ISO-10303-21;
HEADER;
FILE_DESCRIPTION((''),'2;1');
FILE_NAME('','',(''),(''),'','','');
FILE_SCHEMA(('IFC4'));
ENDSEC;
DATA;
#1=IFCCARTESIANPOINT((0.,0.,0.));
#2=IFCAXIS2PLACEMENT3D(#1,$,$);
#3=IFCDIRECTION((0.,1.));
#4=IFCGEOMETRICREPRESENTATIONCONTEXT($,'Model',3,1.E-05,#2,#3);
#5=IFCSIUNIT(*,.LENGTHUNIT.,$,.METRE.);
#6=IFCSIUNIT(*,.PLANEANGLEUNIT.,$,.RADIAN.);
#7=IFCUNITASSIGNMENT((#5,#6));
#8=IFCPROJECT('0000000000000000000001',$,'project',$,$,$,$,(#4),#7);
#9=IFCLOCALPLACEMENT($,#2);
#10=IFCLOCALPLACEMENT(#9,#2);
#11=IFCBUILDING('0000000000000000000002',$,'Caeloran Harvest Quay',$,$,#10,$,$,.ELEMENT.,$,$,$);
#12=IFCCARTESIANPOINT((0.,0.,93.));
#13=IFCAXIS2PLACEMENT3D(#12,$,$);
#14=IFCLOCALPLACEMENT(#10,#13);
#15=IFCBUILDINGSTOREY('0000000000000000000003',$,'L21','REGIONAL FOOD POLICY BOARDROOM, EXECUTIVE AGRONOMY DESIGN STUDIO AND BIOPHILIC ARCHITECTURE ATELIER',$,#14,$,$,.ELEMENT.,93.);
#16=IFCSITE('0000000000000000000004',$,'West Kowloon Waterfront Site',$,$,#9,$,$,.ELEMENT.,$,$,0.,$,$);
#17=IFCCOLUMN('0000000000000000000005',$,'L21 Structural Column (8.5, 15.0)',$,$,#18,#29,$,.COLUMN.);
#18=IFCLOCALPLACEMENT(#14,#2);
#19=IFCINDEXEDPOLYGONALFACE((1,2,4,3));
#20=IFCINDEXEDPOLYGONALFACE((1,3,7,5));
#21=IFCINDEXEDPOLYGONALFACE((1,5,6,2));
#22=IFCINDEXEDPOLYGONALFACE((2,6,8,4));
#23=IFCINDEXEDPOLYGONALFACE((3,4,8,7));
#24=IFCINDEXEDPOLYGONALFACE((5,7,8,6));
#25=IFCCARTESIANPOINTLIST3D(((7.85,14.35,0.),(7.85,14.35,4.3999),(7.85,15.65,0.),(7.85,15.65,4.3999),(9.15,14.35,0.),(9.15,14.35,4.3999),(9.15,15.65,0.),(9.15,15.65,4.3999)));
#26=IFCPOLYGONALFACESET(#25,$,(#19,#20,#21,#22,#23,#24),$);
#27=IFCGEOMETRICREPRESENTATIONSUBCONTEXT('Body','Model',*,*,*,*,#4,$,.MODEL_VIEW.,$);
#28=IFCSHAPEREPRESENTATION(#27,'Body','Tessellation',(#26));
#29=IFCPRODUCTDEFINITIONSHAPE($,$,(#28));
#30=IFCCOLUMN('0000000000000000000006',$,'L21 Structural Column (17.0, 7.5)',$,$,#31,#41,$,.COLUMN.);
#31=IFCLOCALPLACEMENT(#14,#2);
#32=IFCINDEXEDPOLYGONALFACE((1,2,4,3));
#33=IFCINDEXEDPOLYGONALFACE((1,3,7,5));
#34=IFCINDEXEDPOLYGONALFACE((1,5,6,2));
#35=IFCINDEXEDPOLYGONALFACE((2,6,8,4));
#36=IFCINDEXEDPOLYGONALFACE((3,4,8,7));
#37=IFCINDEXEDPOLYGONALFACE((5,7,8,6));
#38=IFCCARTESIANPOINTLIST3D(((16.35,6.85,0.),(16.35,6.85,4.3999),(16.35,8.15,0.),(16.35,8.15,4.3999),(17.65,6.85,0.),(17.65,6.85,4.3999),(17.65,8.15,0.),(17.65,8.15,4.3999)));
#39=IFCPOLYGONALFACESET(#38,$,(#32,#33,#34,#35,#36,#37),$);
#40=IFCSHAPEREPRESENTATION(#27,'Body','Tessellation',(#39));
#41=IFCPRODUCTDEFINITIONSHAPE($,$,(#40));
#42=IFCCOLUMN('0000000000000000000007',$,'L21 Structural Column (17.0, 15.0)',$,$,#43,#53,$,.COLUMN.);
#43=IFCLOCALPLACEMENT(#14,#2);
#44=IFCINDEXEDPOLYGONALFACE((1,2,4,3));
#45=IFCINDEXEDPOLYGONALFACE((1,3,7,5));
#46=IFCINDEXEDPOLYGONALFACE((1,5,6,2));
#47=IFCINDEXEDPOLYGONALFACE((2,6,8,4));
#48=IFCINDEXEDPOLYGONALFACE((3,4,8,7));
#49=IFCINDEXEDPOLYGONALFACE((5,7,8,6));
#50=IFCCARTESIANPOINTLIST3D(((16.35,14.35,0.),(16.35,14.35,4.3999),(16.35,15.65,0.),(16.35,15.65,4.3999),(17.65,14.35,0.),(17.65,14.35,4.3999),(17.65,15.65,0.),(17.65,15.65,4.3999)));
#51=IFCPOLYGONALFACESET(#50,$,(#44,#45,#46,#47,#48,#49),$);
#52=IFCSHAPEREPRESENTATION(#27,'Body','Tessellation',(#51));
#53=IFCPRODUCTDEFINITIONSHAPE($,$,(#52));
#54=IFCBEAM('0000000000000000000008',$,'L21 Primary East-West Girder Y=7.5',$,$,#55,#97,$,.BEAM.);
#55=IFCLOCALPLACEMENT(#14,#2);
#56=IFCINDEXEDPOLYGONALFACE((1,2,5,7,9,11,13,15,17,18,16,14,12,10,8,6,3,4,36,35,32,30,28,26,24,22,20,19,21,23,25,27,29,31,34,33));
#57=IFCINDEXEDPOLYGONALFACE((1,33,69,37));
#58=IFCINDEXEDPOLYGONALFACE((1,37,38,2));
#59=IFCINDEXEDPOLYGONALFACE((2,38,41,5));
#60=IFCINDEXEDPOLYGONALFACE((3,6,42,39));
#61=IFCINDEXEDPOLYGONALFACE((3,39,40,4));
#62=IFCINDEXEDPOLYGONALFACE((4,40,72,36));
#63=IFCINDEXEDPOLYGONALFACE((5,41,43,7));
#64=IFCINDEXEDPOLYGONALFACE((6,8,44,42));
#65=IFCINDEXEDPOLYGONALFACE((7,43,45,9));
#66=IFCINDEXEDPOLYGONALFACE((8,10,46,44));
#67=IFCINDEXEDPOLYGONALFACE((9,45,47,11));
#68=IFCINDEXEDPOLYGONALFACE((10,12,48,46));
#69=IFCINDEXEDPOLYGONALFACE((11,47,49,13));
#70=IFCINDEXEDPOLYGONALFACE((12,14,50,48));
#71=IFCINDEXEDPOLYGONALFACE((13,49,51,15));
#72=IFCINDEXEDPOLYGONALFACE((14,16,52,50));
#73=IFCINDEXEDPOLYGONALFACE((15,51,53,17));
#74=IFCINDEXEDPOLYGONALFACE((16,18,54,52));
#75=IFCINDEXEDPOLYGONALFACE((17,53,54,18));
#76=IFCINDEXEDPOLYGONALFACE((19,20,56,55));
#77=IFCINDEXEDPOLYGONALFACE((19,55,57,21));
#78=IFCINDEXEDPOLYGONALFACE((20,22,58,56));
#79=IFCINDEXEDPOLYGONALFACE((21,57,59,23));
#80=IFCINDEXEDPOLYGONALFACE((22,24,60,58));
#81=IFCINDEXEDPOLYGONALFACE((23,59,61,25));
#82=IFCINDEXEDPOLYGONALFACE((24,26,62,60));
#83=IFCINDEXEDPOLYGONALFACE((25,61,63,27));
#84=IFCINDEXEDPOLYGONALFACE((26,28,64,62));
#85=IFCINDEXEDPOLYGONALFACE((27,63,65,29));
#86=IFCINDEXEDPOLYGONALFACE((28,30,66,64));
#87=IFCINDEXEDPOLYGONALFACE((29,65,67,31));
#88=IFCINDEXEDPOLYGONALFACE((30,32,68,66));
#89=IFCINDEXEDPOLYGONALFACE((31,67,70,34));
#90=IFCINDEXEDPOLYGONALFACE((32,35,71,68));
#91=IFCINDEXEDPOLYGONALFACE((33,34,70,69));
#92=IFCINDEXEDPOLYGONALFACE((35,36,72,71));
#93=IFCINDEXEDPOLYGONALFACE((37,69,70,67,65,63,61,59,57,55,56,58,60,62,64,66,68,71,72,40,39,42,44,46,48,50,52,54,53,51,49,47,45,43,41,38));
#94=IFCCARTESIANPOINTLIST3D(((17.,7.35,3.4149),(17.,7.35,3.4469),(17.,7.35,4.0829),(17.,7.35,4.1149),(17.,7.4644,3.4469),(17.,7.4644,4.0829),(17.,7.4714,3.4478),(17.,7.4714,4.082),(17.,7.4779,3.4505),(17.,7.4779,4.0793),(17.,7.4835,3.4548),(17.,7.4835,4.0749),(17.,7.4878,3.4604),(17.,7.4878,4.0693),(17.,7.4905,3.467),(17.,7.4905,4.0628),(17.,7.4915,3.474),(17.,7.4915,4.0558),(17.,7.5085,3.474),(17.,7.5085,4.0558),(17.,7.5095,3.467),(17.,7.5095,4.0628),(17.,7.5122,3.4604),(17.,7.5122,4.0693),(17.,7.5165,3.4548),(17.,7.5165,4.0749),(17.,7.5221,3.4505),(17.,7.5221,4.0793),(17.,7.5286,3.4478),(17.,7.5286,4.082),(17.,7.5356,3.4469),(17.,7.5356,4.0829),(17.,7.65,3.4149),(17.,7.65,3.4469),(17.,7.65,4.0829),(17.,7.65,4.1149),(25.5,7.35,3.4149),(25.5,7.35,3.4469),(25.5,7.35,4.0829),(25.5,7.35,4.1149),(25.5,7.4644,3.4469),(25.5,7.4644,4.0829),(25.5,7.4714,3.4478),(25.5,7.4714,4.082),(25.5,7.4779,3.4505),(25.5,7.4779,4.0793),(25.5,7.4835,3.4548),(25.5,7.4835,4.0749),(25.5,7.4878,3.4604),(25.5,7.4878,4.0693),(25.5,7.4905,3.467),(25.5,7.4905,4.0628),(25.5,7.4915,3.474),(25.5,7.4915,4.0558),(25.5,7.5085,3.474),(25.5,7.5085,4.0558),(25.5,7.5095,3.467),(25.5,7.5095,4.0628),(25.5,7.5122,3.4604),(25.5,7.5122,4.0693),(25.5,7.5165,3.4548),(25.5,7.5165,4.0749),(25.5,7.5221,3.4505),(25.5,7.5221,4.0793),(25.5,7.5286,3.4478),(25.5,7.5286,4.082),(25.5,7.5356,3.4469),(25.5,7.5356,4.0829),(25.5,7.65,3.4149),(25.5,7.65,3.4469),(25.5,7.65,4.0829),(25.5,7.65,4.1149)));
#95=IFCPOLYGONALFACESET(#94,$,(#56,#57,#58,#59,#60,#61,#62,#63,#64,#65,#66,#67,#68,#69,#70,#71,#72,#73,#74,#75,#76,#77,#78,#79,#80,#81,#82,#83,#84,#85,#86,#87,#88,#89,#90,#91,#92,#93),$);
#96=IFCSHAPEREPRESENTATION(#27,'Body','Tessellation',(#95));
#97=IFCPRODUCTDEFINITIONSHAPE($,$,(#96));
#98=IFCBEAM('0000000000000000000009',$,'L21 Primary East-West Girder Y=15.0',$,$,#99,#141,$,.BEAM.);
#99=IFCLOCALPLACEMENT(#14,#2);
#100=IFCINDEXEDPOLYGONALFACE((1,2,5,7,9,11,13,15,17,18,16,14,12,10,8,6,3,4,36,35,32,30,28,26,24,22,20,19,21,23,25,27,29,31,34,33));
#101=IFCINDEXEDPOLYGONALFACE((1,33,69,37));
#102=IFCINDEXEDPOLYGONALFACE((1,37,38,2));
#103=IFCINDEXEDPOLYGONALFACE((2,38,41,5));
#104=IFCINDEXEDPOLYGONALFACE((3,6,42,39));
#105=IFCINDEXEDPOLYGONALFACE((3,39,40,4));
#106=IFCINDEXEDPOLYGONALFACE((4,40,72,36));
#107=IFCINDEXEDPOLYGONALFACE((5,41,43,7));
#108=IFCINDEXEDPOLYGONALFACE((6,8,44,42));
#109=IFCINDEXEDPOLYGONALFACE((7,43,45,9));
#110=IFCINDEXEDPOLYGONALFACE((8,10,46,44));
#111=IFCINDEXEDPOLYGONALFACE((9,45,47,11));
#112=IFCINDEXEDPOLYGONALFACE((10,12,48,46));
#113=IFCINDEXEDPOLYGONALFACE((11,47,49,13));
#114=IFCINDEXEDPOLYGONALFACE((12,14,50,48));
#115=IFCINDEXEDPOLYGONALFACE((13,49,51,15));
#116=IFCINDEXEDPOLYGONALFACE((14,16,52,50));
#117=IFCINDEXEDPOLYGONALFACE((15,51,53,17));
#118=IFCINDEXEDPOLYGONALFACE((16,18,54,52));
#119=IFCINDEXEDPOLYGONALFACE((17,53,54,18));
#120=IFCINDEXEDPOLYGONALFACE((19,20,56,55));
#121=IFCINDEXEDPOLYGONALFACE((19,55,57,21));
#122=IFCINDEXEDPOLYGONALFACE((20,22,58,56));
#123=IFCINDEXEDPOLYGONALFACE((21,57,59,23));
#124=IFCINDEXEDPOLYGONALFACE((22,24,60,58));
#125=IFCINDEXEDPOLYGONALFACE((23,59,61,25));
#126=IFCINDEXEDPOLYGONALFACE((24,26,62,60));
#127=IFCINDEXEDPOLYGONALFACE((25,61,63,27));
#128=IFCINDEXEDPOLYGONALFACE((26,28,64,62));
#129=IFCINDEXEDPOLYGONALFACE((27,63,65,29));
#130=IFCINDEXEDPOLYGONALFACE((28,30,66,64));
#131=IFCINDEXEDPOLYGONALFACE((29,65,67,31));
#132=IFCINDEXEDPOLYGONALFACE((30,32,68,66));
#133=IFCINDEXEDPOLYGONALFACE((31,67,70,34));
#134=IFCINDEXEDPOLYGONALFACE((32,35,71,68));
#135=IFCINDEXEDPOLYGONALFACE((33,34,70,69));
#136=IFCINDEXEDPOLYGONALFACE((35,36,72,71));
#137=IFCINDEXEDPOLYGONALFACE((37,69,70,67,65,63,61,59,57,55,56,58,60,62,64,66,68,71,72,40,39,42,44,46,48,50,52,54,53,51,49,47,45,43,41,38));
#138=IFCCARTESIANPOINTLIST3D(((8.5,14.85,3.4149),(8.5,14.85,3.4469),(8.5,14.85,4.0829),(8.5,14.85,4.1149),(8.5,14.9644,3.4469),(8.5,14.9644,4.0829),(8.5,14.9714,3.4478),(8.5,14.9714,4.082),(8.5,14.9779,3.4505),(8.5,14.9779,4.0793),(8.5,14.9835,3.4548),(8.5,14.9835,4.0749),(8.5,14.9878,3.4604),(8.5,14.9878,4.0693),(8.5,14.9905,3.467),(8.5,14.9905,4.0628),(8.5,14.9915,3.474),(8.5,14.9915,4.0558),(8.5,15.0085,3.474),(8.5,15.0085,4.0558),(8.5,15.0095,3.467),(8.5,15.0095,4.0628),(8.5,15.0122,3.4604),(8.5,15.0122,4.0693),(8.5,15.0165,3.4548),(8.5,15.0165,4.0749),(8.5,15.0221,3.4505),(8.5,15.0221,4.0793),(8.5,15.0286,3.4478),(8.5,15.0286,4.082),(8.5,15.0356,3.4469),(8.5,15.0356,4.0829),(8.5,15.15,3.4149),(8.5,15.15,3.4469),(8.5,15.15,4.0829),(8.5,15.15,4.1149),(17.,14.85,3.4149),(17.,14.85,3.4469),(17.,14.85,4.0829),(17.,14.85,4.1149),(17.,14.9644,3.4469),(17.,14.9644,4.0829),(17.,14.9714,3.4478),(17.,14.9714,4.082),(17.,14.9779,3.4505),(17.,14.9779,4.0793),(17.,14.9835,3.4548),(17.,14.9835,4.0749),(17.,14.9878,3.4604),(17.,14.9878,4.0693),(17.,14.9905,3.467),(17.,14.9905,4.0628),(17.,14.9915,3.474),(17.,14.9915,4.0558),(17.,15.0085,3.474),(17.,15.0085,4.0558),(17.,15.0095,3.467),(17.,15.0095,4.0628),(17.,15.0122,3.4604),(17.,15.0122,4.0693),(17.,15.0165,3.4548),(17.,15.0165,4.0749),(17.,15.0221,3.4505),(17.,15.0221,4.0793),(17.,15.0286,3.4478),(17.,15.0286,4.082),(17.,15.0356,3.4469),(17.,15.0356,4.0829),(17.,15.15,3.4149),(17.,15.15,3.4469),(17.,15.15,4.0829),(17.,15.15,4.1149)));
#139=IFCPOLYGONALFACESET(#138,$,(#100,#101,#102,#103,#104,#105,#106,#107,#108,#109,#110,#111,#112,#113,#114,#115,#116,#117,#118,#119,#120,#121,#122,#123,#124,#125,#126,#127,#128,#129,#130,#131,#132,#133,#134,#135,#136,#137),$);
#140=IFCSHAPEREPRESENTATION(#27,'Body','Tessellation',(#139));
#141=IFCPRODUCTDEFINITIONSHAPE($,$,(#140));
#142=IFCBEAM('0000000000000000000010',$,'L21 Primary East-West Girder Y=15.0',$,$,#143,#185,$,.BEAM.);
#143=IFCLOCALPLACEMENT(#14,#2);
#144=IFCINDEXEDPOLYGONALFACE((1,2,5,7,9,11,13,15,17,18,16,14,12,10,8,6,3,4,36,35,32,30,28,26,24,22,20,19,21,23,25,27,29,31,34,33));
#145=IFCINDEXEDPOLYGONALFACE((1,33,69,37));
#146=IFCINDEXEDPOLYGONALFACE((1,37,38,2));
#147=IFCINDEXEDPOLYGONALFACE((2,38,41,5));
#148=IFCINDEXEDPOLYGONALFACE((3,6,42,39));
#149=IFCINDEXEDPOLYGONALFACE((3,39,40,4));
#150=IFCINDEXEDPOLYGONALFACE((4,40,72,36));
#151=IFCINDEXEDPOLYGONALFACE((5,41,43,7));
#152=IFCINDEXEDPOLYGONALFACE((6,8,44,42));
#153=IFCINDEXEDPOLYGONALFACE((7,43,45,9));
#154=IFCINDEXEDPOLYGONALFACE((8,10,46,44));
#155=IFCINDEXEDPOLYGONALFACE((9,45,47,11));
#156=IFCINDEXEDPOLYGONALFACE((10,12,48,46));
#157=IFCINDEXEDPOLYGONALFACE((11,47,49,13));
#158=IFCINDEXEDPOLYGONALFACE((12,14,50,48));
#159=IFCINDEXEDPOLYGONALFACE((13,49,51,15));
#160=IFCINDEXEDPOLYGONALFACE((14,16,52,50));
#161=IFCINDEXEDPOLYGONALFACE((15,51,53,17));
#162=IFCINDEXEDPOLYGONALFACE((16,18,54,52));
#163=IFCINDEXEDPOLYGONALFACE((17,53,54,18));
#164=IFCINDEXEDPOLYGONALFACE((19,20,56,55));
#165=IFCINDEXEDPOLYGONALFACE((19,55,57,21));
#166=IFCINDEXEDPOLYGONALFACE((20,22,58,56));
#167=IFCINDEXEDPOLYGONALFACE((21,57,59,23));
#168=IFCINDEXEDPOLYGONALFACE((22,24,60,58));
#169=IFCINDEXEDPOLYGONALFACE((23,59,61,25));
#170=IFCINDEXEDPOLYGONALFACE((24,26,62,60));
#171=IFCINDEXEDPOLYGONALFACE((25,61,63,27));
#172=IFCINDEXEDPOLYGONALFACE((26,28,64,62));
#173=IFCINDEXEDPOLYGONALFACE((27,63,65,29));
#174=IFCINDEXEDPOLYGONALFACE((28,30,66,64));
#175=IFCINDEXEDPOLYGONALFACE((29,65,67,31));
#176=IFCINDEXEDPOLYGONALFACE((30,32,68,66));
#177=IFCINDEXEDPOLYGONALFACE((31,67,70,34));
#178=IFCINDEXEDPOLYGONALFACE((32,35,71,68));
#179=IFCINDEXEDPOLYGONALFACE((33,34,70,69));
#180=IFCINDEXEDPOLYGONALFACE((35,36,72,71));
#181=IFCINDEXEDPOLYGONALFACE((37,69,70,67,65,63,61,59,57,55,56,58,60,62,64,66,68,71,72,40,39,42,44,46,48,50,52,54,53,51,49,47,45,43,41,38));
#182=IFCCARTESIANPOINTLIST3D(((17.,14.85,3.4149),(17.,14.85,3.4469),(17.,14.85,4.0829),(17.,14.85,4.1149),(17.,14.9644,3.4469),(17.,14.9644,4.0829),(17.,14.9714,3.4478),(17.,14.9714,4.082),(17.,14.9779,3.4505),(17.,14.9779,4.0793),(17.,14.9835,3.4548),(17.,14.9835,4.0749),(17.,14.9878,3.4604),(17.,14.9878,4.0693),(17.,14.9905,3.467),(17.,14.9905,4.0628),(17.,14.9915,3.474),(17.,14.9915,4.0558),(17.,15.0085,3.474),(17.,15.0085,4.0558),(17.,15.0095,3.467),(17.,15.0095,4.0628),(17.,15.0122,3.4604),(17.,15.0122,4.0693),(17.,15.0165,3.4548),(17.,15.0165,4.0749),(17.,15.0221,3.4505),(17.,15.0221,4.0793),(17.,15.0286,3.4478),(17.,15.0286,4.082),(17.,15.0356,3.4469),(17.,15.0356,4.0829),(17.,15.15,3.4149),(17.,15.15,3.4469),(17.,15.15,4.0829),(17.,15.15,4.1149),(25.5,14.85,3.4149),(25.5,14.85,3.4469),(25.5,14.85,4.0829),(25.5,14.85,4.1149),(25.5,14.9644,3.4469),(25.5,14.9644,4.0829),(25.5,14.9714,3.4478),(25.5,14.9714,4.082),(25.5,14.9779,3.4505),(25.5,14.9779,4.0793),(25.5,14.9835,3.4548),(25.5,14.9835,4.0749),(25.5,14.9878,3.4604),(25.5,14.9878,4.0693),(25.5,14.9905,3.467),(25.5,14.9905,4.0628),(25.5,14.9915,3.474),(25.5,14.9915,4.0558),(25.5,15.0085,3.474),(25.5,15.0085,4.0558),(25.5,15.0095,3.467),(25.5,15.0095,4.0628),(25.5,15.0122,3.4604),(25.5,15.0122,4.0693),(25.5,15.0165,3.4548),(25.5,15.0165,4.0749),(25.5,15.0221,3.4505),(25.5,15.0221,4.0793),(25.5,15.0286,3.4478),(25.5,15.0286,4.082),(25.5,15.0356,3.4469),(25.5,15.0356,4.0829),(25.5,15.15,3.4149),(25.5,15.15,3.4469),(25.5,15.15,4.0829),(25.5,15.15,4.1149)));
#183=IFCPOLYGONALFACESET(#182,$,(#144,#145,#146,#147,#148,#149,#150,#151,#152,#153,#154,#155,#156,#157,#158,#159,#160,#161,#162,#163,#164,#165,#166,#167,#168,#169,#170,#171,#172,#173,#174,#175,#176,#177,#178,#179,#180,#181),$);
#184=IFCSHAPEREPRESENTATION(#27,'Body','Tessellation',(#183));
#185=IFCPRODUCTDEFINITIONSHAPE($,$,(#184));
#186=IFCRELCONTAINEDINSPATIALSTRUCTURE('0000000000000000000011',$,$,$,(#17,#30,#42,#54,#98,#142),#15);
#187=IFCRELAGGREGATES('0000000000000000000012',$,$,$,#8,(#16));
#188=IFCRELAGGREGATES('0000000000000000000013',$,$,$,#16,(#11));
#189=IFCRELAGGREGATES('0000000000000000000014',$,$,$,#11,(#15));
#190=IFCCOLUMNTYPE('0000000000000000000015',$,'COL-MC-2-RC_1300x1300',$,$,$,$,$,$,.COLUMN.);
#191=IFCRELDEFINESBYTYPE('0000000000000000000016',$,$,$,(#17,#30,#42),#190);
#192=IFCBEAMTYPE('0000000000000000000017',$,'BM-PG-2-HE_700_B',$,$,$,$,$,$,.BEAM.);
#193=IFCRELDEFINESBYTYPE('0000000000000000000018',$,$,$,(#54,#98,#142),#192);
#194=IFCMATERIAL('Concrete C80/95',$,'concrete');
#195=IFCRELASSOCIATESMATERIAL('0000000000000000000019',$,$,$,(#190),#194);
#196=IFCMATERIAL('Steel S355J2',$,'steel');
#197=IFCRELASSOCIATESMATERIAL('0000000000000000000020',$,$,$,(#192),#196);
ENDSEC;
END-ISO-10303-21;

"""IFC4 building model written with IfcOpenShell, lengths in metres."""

from ifc_helpers import new_model, si_unit, direction, frame, origin, origin_2d, place, context, subcontext, project, spatial, rectangle, i_section, extrude, material, material_profile, profile_set, type_object, element, save


model = new_model("IFC4")

# Units and contexts
model_context = context("Model", 3, precision=1e-05, world=origin(), true_north=direction((0.0, 1.0)))
body_context = subcontext(model_context, "Body", "Model", "MODEL_VIEW")
ifc_project = project(units=[si_unit("LENGTHUNIT", "METRE"), si_unit("PLANEANGLEUNIT", "RADIAN")], contexts=[model_context])

# Site, building, storey
site_placement = place(None, origin())
site = spatial("IfcSite", under=ifc_project, at=site_placement, Name="West Kowloon Waterfront Site", CompositionType="ELEMENT", RefElevation=0.0)
building_placement = place(site_placement, origin())
building = spatial("IfcBuilding", under=site, at=building_placement, Name="Caeloran Harvest Quay", CompositionType="ELEMENT")
storey_placement = place(building_placement, frame((0.0, 0.0, 93.0)))
storey = spatial("IfcBuildingStorey", under=building, at=storey_placement, Name="L21", Description="REGIONAL FOOD POLICY BOARDROOM, EXECUTIVE AGRONOMY DESIGN STUDIO AND BIOPHILIC ARCHITECTURE ATELIER", CompositionType="ELEMENT", Elevation=93.0)

# Columns
ifc_material_1 = material(Name="Concrete C80/95", Category="concrete")
ifc_material_profile_1 = material_profile(ifc_material_1, rectangle(XDim=1.3, YDim=1.3, at=origin_2d()), Name="RC 1300x1300")
ifc_profile_set_1 = profile_set([ifc_material_profile_1], Name="Concrete C80/95")
column_type = type_object("IfcColumnType", Name="COL-MC-2-RC_1300x1300", PredefinedType="COLUMN", material=ifc_profile_set_1)
for number, where, z_axis, x_axis, name in (
    (1, (8.5, 15.0, 0.0), (0.0, 0.0, 1.0), (1.0, 0.0, 0.0), "L21 Structural Column (8.5, 15.0)"),
    (2, (17.0, 7.5, 0.0), (0.0, 0.0, 1.0), (1.0, 0.0, 0.0), "L21 Structural Column (17.0, 7.5)"),
    (3, (17.0, 15.0, 0.0), (0.0, 0.0, 1.0), (1.0, 0.0, 0.0), "L21 Structural Column (17.0, 15.0)"),
):
    element("IfcColumn", number, at=place(storey_placement, frame(where, z_axis=z_axis, x_axis=x_axis)), inside=storey, type_object=column_type, Name=name, PredefinedType="COLUMN", context=body_context, shape_type="SweptSolid", body=[
        extrude(rectangle(XDim=1.3, YDim=1.3, at=origin_2d()), origin(), (0.0, 0.0, 1.0), 4.3999),
    ])

# Beams
ifc_material_2 = material(Name="Steel S355J2", Category="steel")
ifc_material_profile_2 = material_profile(ifc_material_2, i_section(OverallWidth=0.3, OverallDepth=0.7, WebThickness=0.0171, FlangeThickness=0.032, FilletRadius=0.0271, at=origin_2d()), Name="HE 700 B")
ifc_profile_set_2 = profile_set([ifc_material_profile_2], Name="Steel S355J2")
beam_type_1 = type_object("IfcBeamType", Name="BM-PG-2-HE_700_B", PredefinedType="BEAM", material=ifc_profile_set_2)
for number, where, z_axis, x_axis, name in (
    (4, (17.0, 7.5, 3.7649), (1.0, 0.0, 0.0), (0.0, 1.0, 0.0), "L21 Primary East-West Girder Y=7.5"),
    (5, (8.5, 15.0, 3.7649), (1.0, 0.0, 0.0), (0.0, 1.0, 0.0), "L21 Primary East-West Girder Y=15.0"),
    (6, (17.0, 15.0, 3.7649), (1.0, 0.0, 0.0), (0.0, 1.0, 0.0), "L21 Primary East-West Girder Y=15.0"),
):
    element("IfcBeam", number, at=place(storey_placement, frame(where, z_axis=z_axis, x_axis=x_axis)), inside=storey, type_object=beam_type_1, Name=name, PredefinedType="BEAM", context=body_context, shape_type="SweptSolid", body=[
        extrude(i_section(OverallWidth=0.3, OverallDepth=0.7, WebThickness=0.0171, FlangeThickness=0.032, FilletRadius=0.0271, at=origin_2d()), origin(), (0.0, 0.0, 1.0), 8.5),
    ])

save(model, "model.ifc")
